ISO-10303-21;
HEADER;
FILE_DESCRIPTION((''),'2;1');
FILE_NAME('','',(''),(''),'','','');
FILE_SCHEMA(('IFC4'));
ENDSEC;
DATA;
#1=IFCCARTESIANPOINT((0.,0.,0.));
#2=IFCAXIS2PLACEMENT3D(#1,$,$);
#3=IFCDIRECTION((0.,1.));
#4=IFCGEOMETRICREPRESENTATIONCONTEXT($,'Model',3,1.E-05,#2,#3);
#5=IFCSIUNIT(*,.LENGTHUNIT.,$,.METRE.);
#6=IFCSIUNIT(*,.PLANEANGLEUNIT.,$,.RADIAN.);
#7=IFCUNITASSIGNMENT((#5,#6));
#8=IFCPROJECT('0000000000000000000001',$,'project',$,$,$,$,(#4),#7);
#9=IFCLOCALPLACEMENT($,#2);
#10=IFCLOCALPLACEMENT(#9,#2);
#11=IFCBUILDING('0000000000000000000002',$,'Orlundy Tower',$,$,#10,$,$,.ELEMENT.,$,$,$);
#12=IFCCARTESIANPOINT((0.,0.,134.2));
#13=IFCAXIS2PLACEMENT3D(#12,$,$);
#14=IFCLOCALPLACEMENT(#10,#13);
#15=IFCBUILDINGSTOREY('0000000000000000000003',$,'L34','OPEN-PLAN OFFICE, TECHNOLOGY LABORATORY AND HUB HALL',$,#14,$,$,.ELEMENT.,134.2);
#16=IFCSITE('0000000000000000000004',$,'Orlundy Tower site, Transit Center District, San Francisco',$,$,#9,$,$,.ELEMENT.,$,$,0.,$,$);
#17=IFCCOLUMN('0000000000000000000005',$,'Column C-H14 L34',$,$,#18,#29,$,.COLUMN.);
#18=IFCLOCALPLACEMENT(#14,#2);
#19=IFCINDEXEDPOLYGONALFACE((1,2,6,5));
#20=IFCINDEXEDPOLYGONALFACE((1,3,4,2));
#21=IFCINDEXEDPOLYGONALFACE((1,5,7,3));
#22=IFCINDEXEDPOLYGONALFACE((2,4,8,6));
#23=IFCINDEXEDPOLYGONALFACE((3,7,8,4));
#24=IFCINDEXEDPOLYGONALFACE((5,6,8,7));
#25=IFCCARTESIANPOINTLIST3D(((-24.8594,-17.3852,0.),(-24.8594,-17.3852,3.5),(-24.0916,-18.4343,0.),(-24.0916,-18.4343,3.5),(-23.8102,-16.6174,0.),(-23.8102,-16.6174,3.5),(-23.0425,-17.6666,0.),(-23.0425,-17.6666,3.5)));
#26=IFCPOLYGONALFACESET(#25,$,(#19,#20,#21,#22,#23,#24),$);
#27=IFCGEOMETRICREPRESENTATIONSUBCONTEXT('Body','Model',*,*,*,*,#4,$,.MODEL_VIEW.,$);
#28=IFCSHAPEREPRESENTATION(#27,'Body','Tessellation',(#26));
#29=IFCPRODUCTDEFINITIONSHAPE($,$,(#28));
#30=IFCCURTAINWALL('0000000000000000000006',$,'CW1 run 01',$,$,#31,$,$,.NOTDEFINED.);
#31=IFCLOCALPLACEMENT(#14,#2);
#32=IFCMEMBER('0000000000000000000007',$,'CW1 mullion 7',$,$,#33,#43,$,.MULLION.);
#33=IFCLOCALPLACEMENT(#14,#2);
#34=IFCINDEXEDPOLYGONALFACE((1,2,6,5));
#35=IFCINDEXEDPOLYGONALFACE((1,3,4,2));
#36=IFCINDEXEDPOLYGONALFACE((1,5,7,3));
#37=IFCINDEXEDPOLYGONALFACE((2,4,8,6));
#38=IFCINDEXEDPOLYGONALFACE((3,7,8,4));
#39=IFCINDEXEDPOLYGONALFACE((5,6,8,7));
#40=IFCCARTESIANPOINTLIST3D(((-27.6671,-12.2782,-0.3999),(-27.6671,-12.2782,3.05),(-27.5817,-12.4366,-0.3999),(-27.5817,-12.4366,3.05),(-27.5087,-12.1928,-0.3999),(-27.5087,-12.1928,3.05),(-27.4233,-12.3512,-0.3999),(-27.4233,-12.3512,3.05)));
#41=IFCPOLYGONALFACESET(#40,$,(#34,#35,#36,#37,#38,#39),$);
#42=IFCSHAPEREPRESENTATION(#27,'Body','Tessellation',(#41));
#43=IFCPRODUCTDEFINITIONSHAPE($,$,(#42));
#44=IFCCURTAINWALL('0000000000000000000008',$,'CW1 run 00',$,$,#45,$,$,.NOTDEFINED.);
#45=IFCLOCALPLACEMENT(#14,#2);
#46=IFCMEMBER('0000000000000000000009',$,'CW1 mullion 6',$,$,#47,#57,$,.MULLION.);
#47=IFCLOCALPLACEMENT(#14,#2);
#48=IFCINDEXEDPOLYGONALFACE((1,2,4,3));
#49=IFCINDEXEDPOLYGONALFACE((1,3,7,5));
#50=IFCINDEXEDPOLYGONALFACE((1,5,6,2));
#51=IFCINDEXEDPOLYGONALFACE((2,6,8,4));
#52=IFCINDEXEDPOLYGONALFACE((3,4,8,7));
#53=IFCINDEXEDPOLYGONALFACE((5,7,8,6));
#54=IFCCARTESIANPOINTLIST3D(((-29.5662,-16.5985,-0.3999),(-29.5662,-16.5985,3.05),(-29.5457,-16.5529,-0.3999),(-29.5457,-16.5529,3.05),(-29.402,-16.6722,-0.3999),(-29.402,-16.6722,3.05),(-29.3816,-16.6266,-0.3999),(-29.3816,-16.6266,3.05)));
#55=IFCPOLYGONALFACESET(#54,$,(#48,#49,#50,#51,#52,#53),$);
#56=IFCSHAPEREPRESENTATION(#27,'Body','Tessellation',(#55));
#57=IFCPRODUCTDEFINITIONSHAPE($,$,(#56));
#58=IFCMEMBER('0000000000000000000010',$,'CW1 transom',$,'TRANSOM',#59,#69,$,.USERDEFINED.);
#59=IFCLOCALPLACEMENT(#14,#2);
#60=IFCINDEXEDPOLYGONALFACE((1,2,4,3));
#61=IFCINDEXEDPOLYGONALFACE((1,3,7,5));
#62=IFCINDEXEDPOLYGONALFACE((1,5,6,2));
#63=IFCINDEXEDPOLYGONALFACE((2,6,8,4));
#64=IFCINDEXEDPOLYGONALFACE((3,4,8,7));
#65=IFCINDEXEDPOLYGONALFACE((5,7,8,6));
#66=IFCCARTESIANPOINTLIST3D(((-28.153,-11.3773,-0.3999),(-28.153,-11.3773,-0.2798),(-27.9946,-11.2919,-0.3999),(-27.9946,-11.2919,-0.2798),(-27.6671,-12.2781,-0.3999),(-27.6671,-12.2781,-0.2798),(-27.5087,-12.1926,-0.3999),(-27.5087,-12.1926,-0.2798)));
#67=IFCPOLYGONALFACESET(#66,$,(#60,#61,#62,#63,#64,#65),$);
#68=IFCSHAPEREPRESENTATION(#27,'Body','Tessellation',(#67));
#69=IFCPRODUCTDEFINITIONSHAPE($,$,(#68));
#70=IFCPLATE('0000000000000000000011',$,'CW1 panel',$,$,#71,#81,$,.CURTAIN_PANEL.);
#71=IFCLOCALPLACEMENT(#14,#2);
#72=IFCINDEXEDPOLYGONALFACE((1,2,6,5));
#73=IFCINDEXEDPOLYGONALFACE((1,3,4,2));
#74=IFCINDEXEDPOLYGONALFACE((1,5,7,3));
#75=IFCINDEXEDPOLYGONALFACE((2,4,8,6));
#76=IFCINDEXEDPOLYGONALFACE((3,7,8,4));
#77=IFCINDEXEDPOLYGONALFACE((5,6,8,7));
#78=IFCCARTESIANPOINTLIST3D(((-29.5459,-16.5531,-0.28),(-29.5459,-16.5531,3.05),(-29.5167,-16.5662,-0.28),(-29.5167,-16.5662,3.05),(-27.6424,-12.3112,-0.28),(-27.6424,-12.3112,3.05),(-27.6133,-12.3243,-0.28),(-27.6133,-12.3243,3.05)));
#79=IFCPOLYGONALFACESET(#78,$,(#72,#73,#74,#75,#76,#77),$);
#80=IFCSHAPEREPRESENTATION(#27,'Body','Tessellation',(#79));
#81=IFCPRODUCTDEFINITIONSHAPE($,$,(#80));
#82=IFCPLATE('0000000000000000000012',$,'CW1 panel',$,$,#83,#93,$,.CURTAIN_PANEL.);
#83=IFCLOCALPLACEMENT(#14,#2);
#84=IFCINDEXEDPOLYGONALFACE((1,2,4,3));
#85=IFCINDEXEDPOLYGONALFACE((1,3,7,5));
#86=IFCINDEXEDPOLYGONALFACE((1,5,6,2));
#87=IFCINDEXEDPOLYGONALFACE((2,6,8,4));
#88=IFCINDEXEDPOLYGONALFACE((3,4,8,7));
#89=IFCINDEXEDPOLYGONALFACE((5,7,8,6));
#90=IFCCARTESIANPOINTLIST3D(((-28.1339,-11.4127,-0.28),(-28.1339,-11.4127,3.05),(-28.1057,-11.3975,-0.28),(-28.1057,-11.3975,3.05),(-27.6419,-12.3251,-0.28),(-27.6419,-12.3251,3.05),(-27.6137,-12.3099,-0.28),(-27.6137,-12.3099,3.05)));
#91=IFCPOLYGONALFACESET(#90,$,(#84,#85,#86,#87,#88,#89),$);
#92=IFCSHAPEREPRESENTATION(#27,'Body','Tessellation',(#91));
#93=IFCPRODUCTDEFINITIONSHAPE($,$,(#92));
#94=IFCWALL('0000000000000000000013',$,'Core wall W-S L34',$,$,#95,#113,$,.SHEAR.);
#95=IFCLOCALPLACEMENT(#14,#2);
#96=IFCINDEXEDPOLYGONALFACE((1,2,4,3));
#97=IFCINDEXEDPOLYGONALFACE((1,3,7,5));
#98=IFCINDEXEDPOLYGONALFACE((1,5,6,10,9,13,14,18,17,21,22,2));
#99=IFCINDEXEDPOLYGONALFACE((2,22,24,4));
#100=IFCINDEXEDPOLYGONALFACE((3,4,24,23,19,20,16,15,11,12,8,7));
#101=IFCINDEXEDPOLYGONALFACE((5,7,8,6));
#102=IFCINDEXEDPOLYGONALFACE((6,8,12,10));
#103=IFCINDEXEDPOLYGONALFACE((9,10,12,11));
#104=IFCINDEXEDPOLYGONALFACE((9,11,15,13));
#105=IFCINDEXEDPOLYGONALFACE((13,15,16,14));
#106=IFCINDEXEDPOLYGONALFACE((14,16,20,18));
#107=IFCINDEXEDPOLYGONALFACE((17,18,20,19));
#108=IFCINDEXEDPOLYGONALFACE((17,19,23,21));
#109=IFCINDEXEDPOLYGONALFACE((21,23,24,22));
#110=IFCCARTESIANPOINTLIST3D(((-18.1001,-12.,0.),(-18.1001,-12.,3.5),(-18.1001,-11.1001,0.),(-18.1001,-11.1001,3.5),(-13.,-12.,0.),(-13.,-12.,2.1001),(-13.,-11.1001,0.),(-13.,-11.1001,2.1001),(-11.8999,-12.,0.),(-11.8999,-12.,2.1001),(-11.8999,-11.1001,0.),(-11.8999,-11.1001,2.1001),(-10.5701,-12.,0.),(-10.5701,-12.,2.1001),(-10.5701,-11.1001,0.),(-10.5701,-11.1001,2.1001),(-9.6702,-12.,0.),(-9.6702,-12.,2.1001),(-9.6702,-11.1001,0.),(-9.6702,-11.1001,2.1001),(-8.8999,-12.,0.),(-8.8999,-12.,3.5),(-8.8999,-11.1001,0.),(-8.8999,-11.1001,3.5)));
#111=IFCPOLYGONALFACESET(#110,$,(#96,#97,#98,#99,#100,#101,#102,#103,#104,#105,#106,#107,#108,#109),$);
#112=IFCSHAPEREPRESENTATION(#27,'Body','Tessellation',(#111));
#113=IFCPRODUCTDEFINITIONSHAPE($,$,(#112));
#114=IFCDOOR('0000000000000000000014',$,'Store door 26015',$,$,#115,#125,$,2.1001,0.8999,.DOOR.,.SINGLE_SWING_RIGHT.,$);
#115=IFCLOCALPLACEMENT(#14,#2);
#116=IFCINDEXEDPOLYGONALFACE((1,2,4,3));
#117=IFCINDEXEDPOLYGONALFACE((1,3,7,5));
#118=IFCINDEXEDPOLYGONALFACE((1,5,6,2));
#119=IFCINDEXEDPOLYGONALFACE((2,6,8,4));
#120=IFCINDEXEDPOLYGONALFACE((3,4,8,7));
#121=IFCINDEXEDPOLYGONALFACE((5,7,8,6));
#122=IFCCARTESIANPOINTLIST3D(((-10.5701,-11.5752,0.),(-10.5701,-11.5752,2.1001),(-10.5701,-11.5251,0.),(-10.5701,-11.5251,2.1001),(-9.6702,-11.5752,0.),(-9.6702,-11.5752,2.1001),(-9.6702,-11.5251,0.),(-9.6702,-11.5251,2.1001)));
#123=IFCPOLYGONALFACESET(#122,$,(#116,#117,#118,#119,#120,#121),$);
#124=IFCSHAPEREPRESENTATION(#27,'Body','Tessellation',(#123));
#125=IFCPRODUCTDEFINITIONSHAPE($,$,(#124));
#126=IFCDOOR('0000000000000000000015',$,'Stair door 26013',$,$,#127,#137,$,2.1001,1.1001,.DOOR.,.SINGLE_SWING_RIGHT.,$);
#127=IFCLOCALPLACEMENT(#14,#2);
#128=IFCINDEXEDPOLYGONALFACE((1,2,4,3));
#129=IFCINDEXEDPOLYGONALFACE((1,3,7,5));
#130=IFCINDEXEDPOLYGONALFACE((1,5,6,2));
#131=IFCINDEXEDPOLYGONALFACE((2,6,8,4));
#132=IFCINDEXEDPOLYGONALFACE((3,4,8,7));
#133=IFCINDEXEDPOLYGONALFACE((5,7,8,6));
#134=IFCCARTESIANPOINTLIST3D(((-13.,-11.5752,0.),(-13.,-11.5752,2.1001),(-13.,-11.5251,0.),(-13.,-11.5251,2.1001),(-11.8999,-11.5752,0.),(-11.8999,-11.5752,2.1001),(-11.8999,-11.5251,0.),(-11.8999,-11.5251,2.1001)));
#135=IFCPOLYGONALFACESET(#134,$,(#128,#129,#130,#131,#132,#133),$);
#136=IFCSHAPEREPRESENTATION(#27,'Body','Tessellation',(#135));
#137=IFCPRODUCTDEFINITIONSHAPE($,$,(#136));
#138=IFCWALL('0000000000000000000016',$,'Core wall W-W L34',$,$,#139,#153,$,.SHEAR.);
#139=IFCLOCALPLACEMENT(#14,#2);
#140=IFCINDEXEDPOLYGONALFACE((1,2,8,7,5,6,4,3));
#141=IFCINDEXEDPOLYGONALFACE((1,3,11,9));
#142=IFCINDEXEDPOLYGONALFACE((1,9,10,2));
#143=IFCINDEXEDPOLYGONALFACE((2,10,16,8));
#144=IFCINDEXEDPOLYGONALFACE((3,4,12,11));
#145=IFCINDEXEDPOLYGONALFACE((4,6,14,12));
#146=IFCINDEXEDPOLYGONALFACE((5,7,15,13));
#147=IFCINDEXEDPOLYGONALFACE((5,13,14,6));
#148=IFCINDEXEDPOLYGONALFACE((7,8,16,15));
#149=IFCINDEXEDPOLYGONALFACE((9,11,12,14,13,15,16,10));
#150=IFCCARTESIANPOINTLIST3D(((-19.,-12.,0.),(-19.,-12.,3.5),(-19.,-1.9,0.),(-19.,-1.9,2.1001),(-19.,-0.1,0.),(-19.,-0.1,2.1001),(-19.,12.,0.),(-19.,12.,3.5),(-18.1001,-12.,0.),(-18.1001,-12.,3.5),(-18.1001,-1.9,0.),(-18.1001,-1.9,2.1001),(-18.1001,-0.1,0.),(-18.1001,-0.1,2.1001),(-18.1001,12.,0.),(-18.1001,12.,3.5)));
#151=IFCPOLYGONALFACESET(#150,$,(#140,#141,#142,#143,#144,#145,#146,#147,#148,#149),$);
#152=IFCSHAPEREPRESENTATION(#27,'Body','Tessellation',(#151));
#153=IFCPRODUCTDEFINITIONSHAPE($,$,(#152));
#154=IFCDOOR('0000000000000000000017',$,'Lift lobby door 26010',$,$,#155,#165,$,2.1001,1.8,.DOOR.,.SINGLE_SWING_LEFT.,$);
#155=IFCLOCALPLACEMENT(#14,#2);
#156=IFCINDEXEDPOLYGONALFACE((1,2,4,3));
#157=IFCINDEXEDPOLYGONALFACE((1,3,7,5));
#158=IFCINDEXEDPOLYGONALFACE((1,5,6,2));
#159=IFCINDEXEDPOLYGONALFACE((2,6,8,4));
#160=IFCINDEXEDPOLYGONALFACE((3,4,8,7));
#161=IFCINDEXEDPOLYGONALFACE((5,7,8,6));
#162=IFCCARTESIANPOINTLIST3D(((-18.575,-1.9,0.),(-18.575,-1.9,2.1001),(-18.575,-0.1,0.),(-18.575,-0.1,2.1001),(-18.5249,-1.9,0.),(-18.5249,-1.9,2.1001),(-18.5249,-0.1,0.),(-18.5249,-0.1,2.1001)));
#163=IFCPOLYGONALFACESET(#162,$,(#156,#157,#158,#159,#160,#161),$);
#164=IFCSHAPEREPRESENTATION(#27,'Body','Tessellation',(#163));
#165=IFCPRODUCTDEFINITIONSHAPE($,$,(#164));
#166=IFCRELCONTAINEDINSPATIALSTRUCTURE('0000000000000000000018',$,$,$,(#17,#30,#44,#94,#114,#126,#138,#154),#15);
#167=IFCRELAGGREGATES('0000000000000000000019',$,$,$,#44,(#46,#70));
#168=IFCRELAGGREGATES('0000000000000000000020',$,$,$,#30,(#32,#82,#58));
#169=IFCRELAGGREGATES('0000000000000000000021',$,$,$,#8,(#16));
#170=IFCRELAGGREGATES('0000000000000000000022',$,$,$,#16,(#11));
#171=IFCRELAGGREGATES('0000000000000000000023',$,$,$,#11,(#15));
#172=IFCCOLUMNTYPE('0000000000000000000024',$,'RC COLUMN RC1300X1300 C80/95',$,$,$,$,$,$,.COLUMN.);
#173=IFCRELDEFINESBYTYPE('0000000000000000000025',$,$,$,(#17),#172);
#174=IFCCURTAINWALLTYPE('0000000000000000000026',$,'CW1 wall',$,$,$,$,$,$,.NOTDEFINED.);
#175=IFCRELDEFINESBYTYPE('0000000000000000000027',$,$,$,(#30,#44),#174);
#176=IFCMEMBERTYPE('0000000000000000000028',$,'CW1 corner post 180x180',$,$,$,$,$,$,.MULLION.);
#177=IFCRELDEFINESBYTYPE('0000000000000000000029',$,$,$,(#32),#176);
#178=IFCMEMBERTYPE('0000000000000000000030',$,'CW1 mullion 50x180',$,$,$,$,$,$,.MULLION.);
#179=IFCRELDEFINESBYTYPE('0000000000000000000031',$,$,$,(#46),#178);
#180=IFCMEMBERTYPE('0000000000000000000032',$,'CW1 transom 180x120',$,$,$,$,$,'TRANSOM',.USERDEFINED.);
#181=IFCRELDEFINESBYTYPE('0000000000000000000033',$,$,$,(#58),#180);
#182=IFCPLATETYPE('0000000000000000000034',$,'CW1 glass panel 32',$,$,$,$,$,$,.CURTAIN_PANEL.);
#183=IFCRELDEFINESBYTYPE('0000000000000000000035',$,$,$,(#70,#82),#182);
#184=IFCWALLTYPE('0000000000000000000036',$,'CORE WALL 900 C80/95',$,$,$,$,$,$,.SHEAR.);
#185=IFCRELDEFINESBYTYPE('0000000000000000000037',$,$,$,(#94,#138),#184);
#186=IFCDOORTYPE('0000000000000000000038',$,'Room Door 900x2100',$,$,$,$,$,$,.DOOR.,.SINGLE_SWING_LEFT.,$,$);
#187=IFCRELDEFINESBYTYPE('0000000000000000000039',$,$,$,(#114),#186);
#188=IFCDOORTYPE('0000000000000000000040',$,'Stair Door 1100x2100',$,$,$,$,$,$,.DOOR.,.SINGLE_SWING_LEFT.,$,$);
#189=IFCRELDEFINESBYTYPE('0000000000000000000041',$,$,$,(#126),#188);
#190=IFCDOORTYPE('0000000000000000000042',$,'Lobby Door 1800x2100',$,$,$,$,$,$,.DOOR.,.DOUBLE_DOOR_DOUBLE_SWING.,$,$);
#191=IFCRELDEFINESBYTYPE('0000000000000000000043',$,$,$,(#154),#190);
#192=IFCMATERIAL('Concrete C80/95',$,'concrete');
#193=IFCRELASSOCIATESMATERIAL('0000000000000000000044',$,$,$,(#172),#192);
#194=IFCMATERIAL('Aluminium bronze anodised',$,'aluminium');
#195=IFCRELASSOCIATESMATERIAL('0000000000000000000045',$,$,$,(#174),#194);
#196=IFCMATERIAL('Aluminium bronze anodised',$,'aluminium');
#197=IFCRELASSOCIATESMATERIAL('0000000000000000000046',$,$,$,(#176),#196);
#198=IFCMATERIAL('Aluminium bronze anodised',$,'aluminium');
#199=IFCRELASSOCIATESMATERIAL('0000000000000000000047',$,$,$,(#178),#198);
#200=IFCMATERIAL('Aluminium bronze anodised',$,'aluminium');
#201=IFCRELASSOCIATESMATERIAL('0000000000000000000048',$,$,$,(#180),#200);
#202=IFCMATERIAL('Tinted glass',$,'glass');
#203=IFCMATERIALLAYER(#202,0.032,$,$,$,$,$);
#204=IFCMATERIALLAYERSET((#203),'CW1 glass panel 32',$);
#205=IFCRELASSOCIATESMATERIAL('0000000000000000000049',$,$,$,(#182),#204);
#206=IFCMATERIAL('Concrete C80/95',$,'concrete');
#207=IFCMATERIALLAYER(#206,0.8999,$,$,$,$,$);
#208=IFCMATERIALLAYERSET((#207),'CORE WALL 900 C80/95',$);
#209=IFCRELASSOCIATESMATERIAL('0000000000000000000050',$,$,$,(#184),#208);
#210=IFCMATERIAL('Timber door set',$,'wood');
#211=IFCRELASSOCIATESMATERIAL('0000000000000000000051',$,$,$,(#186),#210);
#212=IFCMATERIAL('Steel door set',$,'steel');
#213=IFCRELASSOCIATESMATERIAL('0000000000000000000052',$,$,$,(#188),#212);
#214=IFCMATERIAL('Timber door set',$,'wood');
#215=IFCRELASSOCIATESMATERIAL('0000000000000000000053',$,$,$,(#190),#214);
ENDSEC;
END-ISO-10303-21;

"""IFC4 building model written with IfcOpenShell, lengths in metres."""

from ifc_helpers import new_model, si_unit, direction, frame, frame_2d, origin, origin_2d, place, context, subcontext, project, spatial, rectangle, extrude, material, layer, layer_set, material_profile, profile_set, type_object, element, fill, aggregate, save


model = new_model("IFC4")

# Units and contexts
model_context = context("Model", 3, precision=1e-05, world=origin(), true_north=direction((0.0, 1.0)))
body_context = subcontext(model_context, "Body", "Model", "MODEL_VIEW")
ifc_project = project(units=[si_unit("LENGTHUNIT", "METRE"), si_unit("PLANEANGLEUNIT", "RADIAN")], contexts=[model_context])

# Site, building, storey
site_placement = place(None, origin())
site = spatial("IfcSite", under=ifc_project, at=site_placement, Name="Orlundy Tower site, Transit Center District, San Francisco", CompositionType="ELEMENT", RefElevation=0.0)
building_placement = place(site_placement, origin())
building = spatial("IfcBuilding", under=site, at=building_placement, Name="Orlundy Tower", CompositionType="ELEMENT")
storey_placement = place(building_placement, frame((0.0, 0.0, 134.2)))
storey = spatial("IfcBuildingStorey", under=building, at=storey_placement, Name="L34", Description="OPEN-PLAN OFFICE, TECHNOLOGY LABORATORY AND HUB HALL", CompositionType="ELEMENT", Elevation=134.2)

# Column
ifc_material_1 = material(Name="Concrete C80/95", Category="concrete")
ifc_material_profile_1 = material_profile(ifc_material_1, rectangle(XDim=1.3, YDim=1.3, at=origin_2d()), Name="RC1300X1300")
ifc_profile_set_1 = profile_set([ifc_material_profile_1], Name="Concrete C80/95")
column_type = type_object("IfcColumnType", Name="RC COLUMN RC1300X1300 C80/95", PredefinedType="COLUMN", material=ifc_profile_set_1)
column_placement = place(storey_placement, frame((-23.9509, -17.5259, 0.0), z_axis=(0.0, 0.0, 1.0), x_axis=(-0.807012, -0.590535, 0.0)))
element("IfcColumn", 1, at=column_placement, inside=storey, type_object=column_type, Name="Column C-H14 L34", PredefinedType="COLUMN", context=body_context, shape_type="SweptSolid", body=[
    extrude(rectangle(XDim=1.3, YDim=1.3, at=origin_2d()), origin(), (0.0, 0.0, 1.0), 3.5),
])

# Curtain walls, members
ifc_material_2 = material(Name="Aluminium bronze anodised", Category="aluminium")
curtain_wall_type = type_object("IfcCurtainWallType", Name="CW1 wall", PredefinedType="NOTDEFINED", material=ifc_material_2)
curtain_wall_1_placement = place(storey_placement, origin())
curtain_wall_1 = element("IfcCurtainWall", 2, at=curtain_wall_1_placement, inside=storey, type_object=curtain_wall_type, Name="CW1 run 01", PredefinedType="NOTDEFINED")
ifc_material_3 = material(Name="Aluminium bronze anodised", Category="aluminium")
ifc_material_profile_2 = material_profile(ifc_material_3, rectangle(XDim=0.1799, YDim=0.1799, at=origin_2d()), Name="CW1 corner post 180x180")
ifc_profile_set_2 = profile_set([ifc_material_profile_2], Name="Aluminium bronze anodised")
member_type_1 = type_object("IfcMemberType", Name="CW1 corner post 180x180", PredefinedType="MULLION", material=ifc_profile_set_2)
member_1_placement = place(storey_placement, frame((-27.5452, -12.3147, -0.3999), z_axis=(0.0, 0.0, 1.0), x_axis=(-0.880189, -0.474624, 0.0)))
member_1 = element("IfcMember", 3, at=member_1_placement, type_object=member_type_1, Name="CW1 mullion 7", PredefinedType="MULLION", context=body_context, shape_type="SweptSolid", body=[
    extrude(rectangle(XDim=0.1799, YDim=0.1799, at=origin_2d()), origin(), (0.0, 0.0, 1.0), 3.45),
])
curtain_wall_2_placement = place(storey_placement, origin())
curtain_wall_2 = element("IfcCurtainWall", 4, at=curtain_wall_2_placement, inside=storey, type_object=curtain_wall_type, Name="CW1 run 00", PredefinedType="NOTDEFINED")
ifc_material_4 = material(Name="Aluminium bronze anodised", Category="aluminium")
ifc_material_profile_3 = material_profile(ifc_material_4, rectangle(XDim=0.1799, YDim=0.05, at=origin_2d()), Name="CW1 mullion 50x180")
ifc_profile_set_3 = profile_set([ifc_material_profile_3], Name="Aluminium bronze anodised")
member_type_2 = type_object("IfcMemberType", Name="CW1 mullion 50x180", PredefinedType="MULLION", material=ifc_profile_set_3)
member_2_placement = place(storey_placement, frame((-29.4739, -16.6125, -0.3999), z_axis=(0.0, 0.0, 1.0), x_axis=(-0.912353, 0.409404, 0.0)))
member_2 = element("IfcMember", 5, at=member_2_placement, type_object=member_type_2, Name="CW1 mullion 6", PredefinedType="MULLION", context=body_context, shape_type="SweptSolid", body=[
    extrude(rectangle(XDim=0.1799, YDim=0.05, at=origin_2d()), origin(), (0.0, 0.0, 1.0), 3.45),
])

# Member
ifc_material_5 = material(Name="Aluminium bronze anodised", Category="aluminium")
ifc_material_profile_4 = material_profile(ifc_material_5, rectangle(XDim=0.1799, YDim=0.1201, at=origin_2d()), Name="CW1 transom 180x120")
ifc_profile_set_4 = profile_set([ifc_material_profile_4], Name="Aluminium bronze anodised")
member_type_3 = type_object("IfcMemberType", Name="CW1 transom 180x120", ElementType="TRANSOM", PredefinedType="USERDEFINED", material=ifc_profile_set_4)
member_3_placement = place(storey_placement, frame((-27.5879, -12.2354, -0.3398), z_axis=(-0.474768, 0.880111, 0.0), x_axis=(-0.880111, -0.474768, 0.0)))
member_3 = element("IfcMember", 6, at=member_3_placement, type_object=member_type_3, Name="CW1 transom", ObjectType="TRANSOM", PredefinedType="USERDEFINED", context=body_context, shape_type="SweptSolid", body=[
    extrude(rectangle(XDim=0.1799, YDim=0.1201, at=origin_2d()), origin(), (0.0, 0.0, 1.0), 1.0234),
])

# Plates
ifc_material_6 = material(Name="Tinted glass", Category="glass")
ifc_layer_1 = layer(ifc_material_6, 0.032)
ifc_layer_set_1 = layer_set([ifc_layer_1], Name="CW1 glass panel 32")
plate_type = type_object("IfcPlateType", Name="CW1 glass panel 32", PredefinedType="CURTAIN_PANEL", material=ifc_layer_set_1)
plate_1_placement = place(storey_placement, frame((-28.5796, -14.4387, -0.28), z_axis=(0.0, 0.0, 1.0), x_axis=(0.409404, 0.912353, 0.0)))
plate_1 = element("IfcPlate", 7, at=plate_1_placement, type_object=plate_type, Name="CW1 panel", PredefinedType="CURTAIN_PANEL", context=body_context, shape_type="SweptSolid", body=[
    extrude(rectangle(XDim=4.6494, YDim=0.032, at=origin_2d()), origin(), (0.0, 0.0, 1.0), 3.3301),
])
aggregate(curtain_wall_2, [member_2, plate_1])
plate_2_placement = place(storey_placement, frame((-27.8738, -11.8613, -0.28), z_axis=(0.0, 0.0, 1.0), x_axis=(-0.474624, 0.880189, 0.0)))
plate_2 = element("IfcPlate", 8, at=plate_2_placement, type_object=plate_type, Name="CW1 panel", PredefinedType="CURTAIN_PANEL", context=body_context, shape_type="SweptSolid", body=[
    extrude(rectangle(XDim=1.0366, YDim=0.032, at=origin_2d()), origin(), (0.0, 0.0, 1.0), 3.3301),
])
aggregate(curtain_wall_1, [member_1, plate_2, member_3])

# Wall, openings, doors
ifc_material_7 = material(Name="Concrete C80/95", Category="concrete")
ifc_layer_2 = layer(ifc_material_7, 0.8999)
ifc_layer_set_2 = layer_set([ifc_layer_2], Name="CORE WALL 900 C80/95")
wall_type_1 = type_object("IfcWallType", Name="CORE WALL 900 C80/95", PredefinedType="SHEAR", material=ifc_layer_set_2)
wall_1_placement = place(storey_placement, frame((-18.1001, -11.55, 0.0), z_axis=(0.0, 0.0, 1.0), x_axis=(1.0, 0.0, 0.0)))
wall_1 = element("IfcWall", 9, at=wall_1_placement, inside=storey, type_object=wall_type_1, Name="Core wall W-S L34", PredefinedType="SHEAR", context=body_context, shape_type="SweptSolid", body=[
    extrude(rectangle(XDim=9.2002, YDim=0.8999, at=frame_2d((4.6001, 0.0))), origin(), (0.0, 0.0, 1.0), 3.5),
])
opening_1_placement = place(wall_1_placement, frame((5.1001, 0.0, 0.0)))
opening_1 = element("IfcOpeningElement", 10, at=opening_1_placement, cuts=wall_1, PredefinedType="OPENING", context=body_context, shape_type="SweptSolid", body=[
    extrude(rectangle(XDim=1.1001, YDim=2.1001, at=frame_2d((0.55, 1.05))), frame((0.0, 0.46, 0.0), z_axis=(0.0, -1.0, 0.0), x_axis=(1.0, 0.0, 0.0)), (0.0, 0.0, 1.0), 0.9199),
])
opening_2_placement = place(wall_1_placement, frame((7.53, 0.0, 0.0)))
opening_2 = element("IfcOpeningElement", 11, at=opening_2_placement, cuts=wall_1, PredefinedType="OPENING", context=body_context, shape_type="SweptSolid", body=[
    extrude(rectangle(XDim=0.8999, YDim=2.1001, at=frame_2d((0.45, 1.05))), frame((0.0, 0.46, 0.0), z_axis=(0.0, -1.0, 0.0), x_axis=(1.0, 0.0, 0.0)), (0.0, 0.0, 1.0), 0.9199),
])
ifc_material_8 = material(Name="Timber door set", Category="wood")
door_type_1 = type_object("IfcDoorType", Name="Room Door 900x2100", OperationType="SINGLE_SWING_LEFT", PredefinedType="DOOR", material=ifc_material_8)
door_1_placement = place(opening_2_placement, origin())
door_1 = element("IfcDoor", 12, at=door_1_placement, inside=storey, type_object=door_type_1, Name="Store door 26015", OperationType="SINGLE_SWING_RIGHT", OverallHeight=2.1001, OverallWidth=0.8999, PredefinedType="DOOR", context=body_context, shape_type="SweptSolid", body=[
    extrude(rectangle(XDim=0.8999, YDim=2.1001, at=frame_2d((0.45, 1.05))), frame((0.0, 0.0249, 0.0), z_axis=(0.0, -1.0, 0.0), x_axis=(1.0, 0.0, 0.0)), (0.0, 0.0, 1.0), 0.05),
])
fill(opening_2, door_1)
ifc_material_9 = material(Name="Steel door set", Category="steel")
door_type_2 = type_object("IfcDoorType", Name="Stair Door 1100x2100", OperationType="SINGLE_SWING_LEFT", PredefinedType="DOOR", material=ifc_material_9)
door_2_placement = place(opening_1_placement, origin())
door_2 = element("IfcDoor", 13, at=door_2_placement, inside=storey, type_object=door_type_2, Name="Stair door 26013", OperationType="SINGLE_SWING_RIGHT", OverallHeight=2.1001, OverallWidth=1.1001, PredefinedType="DOOR", context=body_context, shape_type="SweptSolid", body=[
    extrude(rectangle(XDim=1.1001, YDim=2.1001, at=frame_2d((0.55, 1.05))), frame((0.0, 0.0249, 0.0), z_axis=(0.0, -1.0, 0.0), x_axis=(1.0, 0.0, 0.0)), (0.0, 0.0, 1.0), 0.05),
])
fill(opening_1, door_2)

# Wall, opening, door
wall_2_placement = place(storey_placement, frame((-18.55, -12.0, 0.0), z_axis=(0.0, 0.0, 1.0), x_axis=(0.0, 1.0, 0.0)))
wall_2 = element("IfcWall", 14, at=wall_2_placement, inside=storey, type_object=wall_type_1, Name="Core wall W-W L34", PredefinedType="SHEAR", context=body_context, shape_type="SweptSolid", body=[
    extrude(rectangle(XDim=24.0, YDim=0.8999, at=frame_2d((12.0, 0.0))), origin(), (0.0, 0.0, 1.0), 3.5),
])
opening_3_placement = place(wall_2_placement, frame((10.1001, 0.0, 0.0)))
opening_3 = element("IfcOpeningElement", 15, at=opening_3_placement, cuts=wall_2, PredefinedType="OPENING", context=body_context, shape_type="SweptSolid", body=[
    extrude(rectangle(XDim=1.8, YDim=2.1001, at=frame_2d((0.8999, 1.05))), frame((0.0, 0.46, 0.0), z_axis=(0.0, -1.0, 0.0), x_axis=(1.0, 0.0, 0.0)), (0.0, 0.0, 1.0), 0.9199),
])
ifc_material_10 = material(Name="Timber door set", Category="wood")
door_type_3 = type_object("IfcDoorType", Name="Lobby Door 1800x2100", OperationType="DOUBLE_DOOR_DOUBLE_SWING", PredefinedType="DOOR", material=ifc_material_10)
door_3_placement = place(opening_3_placement, origin())
door_3 = element("IfcDoor", 16, at=door_3_placement, inside=storey, type_object=door_type_3, Name="Lift lobby door 26010", OperationType="SINGLE_SWING_LEFT", OverallHeight=2.1001, OverallWidth=1.8, PredefinedType="DOOR", context=body_context, shape_type="SweptSolid", body=[
    extrude(rectangle(XDim=1.8, YDim=2.1001, at=frame_2d((0.8999, 1.05))), frame((0.0, 0.0249, 0.0), z_axis=(0.0, -1.0, 0.0), x_axis=(1.0, 0.0, 0.0)), (0.0, 0.0, 1.0), 0.05),
])
fill(opening_3, door_3)

save(model, "model.ifc")
